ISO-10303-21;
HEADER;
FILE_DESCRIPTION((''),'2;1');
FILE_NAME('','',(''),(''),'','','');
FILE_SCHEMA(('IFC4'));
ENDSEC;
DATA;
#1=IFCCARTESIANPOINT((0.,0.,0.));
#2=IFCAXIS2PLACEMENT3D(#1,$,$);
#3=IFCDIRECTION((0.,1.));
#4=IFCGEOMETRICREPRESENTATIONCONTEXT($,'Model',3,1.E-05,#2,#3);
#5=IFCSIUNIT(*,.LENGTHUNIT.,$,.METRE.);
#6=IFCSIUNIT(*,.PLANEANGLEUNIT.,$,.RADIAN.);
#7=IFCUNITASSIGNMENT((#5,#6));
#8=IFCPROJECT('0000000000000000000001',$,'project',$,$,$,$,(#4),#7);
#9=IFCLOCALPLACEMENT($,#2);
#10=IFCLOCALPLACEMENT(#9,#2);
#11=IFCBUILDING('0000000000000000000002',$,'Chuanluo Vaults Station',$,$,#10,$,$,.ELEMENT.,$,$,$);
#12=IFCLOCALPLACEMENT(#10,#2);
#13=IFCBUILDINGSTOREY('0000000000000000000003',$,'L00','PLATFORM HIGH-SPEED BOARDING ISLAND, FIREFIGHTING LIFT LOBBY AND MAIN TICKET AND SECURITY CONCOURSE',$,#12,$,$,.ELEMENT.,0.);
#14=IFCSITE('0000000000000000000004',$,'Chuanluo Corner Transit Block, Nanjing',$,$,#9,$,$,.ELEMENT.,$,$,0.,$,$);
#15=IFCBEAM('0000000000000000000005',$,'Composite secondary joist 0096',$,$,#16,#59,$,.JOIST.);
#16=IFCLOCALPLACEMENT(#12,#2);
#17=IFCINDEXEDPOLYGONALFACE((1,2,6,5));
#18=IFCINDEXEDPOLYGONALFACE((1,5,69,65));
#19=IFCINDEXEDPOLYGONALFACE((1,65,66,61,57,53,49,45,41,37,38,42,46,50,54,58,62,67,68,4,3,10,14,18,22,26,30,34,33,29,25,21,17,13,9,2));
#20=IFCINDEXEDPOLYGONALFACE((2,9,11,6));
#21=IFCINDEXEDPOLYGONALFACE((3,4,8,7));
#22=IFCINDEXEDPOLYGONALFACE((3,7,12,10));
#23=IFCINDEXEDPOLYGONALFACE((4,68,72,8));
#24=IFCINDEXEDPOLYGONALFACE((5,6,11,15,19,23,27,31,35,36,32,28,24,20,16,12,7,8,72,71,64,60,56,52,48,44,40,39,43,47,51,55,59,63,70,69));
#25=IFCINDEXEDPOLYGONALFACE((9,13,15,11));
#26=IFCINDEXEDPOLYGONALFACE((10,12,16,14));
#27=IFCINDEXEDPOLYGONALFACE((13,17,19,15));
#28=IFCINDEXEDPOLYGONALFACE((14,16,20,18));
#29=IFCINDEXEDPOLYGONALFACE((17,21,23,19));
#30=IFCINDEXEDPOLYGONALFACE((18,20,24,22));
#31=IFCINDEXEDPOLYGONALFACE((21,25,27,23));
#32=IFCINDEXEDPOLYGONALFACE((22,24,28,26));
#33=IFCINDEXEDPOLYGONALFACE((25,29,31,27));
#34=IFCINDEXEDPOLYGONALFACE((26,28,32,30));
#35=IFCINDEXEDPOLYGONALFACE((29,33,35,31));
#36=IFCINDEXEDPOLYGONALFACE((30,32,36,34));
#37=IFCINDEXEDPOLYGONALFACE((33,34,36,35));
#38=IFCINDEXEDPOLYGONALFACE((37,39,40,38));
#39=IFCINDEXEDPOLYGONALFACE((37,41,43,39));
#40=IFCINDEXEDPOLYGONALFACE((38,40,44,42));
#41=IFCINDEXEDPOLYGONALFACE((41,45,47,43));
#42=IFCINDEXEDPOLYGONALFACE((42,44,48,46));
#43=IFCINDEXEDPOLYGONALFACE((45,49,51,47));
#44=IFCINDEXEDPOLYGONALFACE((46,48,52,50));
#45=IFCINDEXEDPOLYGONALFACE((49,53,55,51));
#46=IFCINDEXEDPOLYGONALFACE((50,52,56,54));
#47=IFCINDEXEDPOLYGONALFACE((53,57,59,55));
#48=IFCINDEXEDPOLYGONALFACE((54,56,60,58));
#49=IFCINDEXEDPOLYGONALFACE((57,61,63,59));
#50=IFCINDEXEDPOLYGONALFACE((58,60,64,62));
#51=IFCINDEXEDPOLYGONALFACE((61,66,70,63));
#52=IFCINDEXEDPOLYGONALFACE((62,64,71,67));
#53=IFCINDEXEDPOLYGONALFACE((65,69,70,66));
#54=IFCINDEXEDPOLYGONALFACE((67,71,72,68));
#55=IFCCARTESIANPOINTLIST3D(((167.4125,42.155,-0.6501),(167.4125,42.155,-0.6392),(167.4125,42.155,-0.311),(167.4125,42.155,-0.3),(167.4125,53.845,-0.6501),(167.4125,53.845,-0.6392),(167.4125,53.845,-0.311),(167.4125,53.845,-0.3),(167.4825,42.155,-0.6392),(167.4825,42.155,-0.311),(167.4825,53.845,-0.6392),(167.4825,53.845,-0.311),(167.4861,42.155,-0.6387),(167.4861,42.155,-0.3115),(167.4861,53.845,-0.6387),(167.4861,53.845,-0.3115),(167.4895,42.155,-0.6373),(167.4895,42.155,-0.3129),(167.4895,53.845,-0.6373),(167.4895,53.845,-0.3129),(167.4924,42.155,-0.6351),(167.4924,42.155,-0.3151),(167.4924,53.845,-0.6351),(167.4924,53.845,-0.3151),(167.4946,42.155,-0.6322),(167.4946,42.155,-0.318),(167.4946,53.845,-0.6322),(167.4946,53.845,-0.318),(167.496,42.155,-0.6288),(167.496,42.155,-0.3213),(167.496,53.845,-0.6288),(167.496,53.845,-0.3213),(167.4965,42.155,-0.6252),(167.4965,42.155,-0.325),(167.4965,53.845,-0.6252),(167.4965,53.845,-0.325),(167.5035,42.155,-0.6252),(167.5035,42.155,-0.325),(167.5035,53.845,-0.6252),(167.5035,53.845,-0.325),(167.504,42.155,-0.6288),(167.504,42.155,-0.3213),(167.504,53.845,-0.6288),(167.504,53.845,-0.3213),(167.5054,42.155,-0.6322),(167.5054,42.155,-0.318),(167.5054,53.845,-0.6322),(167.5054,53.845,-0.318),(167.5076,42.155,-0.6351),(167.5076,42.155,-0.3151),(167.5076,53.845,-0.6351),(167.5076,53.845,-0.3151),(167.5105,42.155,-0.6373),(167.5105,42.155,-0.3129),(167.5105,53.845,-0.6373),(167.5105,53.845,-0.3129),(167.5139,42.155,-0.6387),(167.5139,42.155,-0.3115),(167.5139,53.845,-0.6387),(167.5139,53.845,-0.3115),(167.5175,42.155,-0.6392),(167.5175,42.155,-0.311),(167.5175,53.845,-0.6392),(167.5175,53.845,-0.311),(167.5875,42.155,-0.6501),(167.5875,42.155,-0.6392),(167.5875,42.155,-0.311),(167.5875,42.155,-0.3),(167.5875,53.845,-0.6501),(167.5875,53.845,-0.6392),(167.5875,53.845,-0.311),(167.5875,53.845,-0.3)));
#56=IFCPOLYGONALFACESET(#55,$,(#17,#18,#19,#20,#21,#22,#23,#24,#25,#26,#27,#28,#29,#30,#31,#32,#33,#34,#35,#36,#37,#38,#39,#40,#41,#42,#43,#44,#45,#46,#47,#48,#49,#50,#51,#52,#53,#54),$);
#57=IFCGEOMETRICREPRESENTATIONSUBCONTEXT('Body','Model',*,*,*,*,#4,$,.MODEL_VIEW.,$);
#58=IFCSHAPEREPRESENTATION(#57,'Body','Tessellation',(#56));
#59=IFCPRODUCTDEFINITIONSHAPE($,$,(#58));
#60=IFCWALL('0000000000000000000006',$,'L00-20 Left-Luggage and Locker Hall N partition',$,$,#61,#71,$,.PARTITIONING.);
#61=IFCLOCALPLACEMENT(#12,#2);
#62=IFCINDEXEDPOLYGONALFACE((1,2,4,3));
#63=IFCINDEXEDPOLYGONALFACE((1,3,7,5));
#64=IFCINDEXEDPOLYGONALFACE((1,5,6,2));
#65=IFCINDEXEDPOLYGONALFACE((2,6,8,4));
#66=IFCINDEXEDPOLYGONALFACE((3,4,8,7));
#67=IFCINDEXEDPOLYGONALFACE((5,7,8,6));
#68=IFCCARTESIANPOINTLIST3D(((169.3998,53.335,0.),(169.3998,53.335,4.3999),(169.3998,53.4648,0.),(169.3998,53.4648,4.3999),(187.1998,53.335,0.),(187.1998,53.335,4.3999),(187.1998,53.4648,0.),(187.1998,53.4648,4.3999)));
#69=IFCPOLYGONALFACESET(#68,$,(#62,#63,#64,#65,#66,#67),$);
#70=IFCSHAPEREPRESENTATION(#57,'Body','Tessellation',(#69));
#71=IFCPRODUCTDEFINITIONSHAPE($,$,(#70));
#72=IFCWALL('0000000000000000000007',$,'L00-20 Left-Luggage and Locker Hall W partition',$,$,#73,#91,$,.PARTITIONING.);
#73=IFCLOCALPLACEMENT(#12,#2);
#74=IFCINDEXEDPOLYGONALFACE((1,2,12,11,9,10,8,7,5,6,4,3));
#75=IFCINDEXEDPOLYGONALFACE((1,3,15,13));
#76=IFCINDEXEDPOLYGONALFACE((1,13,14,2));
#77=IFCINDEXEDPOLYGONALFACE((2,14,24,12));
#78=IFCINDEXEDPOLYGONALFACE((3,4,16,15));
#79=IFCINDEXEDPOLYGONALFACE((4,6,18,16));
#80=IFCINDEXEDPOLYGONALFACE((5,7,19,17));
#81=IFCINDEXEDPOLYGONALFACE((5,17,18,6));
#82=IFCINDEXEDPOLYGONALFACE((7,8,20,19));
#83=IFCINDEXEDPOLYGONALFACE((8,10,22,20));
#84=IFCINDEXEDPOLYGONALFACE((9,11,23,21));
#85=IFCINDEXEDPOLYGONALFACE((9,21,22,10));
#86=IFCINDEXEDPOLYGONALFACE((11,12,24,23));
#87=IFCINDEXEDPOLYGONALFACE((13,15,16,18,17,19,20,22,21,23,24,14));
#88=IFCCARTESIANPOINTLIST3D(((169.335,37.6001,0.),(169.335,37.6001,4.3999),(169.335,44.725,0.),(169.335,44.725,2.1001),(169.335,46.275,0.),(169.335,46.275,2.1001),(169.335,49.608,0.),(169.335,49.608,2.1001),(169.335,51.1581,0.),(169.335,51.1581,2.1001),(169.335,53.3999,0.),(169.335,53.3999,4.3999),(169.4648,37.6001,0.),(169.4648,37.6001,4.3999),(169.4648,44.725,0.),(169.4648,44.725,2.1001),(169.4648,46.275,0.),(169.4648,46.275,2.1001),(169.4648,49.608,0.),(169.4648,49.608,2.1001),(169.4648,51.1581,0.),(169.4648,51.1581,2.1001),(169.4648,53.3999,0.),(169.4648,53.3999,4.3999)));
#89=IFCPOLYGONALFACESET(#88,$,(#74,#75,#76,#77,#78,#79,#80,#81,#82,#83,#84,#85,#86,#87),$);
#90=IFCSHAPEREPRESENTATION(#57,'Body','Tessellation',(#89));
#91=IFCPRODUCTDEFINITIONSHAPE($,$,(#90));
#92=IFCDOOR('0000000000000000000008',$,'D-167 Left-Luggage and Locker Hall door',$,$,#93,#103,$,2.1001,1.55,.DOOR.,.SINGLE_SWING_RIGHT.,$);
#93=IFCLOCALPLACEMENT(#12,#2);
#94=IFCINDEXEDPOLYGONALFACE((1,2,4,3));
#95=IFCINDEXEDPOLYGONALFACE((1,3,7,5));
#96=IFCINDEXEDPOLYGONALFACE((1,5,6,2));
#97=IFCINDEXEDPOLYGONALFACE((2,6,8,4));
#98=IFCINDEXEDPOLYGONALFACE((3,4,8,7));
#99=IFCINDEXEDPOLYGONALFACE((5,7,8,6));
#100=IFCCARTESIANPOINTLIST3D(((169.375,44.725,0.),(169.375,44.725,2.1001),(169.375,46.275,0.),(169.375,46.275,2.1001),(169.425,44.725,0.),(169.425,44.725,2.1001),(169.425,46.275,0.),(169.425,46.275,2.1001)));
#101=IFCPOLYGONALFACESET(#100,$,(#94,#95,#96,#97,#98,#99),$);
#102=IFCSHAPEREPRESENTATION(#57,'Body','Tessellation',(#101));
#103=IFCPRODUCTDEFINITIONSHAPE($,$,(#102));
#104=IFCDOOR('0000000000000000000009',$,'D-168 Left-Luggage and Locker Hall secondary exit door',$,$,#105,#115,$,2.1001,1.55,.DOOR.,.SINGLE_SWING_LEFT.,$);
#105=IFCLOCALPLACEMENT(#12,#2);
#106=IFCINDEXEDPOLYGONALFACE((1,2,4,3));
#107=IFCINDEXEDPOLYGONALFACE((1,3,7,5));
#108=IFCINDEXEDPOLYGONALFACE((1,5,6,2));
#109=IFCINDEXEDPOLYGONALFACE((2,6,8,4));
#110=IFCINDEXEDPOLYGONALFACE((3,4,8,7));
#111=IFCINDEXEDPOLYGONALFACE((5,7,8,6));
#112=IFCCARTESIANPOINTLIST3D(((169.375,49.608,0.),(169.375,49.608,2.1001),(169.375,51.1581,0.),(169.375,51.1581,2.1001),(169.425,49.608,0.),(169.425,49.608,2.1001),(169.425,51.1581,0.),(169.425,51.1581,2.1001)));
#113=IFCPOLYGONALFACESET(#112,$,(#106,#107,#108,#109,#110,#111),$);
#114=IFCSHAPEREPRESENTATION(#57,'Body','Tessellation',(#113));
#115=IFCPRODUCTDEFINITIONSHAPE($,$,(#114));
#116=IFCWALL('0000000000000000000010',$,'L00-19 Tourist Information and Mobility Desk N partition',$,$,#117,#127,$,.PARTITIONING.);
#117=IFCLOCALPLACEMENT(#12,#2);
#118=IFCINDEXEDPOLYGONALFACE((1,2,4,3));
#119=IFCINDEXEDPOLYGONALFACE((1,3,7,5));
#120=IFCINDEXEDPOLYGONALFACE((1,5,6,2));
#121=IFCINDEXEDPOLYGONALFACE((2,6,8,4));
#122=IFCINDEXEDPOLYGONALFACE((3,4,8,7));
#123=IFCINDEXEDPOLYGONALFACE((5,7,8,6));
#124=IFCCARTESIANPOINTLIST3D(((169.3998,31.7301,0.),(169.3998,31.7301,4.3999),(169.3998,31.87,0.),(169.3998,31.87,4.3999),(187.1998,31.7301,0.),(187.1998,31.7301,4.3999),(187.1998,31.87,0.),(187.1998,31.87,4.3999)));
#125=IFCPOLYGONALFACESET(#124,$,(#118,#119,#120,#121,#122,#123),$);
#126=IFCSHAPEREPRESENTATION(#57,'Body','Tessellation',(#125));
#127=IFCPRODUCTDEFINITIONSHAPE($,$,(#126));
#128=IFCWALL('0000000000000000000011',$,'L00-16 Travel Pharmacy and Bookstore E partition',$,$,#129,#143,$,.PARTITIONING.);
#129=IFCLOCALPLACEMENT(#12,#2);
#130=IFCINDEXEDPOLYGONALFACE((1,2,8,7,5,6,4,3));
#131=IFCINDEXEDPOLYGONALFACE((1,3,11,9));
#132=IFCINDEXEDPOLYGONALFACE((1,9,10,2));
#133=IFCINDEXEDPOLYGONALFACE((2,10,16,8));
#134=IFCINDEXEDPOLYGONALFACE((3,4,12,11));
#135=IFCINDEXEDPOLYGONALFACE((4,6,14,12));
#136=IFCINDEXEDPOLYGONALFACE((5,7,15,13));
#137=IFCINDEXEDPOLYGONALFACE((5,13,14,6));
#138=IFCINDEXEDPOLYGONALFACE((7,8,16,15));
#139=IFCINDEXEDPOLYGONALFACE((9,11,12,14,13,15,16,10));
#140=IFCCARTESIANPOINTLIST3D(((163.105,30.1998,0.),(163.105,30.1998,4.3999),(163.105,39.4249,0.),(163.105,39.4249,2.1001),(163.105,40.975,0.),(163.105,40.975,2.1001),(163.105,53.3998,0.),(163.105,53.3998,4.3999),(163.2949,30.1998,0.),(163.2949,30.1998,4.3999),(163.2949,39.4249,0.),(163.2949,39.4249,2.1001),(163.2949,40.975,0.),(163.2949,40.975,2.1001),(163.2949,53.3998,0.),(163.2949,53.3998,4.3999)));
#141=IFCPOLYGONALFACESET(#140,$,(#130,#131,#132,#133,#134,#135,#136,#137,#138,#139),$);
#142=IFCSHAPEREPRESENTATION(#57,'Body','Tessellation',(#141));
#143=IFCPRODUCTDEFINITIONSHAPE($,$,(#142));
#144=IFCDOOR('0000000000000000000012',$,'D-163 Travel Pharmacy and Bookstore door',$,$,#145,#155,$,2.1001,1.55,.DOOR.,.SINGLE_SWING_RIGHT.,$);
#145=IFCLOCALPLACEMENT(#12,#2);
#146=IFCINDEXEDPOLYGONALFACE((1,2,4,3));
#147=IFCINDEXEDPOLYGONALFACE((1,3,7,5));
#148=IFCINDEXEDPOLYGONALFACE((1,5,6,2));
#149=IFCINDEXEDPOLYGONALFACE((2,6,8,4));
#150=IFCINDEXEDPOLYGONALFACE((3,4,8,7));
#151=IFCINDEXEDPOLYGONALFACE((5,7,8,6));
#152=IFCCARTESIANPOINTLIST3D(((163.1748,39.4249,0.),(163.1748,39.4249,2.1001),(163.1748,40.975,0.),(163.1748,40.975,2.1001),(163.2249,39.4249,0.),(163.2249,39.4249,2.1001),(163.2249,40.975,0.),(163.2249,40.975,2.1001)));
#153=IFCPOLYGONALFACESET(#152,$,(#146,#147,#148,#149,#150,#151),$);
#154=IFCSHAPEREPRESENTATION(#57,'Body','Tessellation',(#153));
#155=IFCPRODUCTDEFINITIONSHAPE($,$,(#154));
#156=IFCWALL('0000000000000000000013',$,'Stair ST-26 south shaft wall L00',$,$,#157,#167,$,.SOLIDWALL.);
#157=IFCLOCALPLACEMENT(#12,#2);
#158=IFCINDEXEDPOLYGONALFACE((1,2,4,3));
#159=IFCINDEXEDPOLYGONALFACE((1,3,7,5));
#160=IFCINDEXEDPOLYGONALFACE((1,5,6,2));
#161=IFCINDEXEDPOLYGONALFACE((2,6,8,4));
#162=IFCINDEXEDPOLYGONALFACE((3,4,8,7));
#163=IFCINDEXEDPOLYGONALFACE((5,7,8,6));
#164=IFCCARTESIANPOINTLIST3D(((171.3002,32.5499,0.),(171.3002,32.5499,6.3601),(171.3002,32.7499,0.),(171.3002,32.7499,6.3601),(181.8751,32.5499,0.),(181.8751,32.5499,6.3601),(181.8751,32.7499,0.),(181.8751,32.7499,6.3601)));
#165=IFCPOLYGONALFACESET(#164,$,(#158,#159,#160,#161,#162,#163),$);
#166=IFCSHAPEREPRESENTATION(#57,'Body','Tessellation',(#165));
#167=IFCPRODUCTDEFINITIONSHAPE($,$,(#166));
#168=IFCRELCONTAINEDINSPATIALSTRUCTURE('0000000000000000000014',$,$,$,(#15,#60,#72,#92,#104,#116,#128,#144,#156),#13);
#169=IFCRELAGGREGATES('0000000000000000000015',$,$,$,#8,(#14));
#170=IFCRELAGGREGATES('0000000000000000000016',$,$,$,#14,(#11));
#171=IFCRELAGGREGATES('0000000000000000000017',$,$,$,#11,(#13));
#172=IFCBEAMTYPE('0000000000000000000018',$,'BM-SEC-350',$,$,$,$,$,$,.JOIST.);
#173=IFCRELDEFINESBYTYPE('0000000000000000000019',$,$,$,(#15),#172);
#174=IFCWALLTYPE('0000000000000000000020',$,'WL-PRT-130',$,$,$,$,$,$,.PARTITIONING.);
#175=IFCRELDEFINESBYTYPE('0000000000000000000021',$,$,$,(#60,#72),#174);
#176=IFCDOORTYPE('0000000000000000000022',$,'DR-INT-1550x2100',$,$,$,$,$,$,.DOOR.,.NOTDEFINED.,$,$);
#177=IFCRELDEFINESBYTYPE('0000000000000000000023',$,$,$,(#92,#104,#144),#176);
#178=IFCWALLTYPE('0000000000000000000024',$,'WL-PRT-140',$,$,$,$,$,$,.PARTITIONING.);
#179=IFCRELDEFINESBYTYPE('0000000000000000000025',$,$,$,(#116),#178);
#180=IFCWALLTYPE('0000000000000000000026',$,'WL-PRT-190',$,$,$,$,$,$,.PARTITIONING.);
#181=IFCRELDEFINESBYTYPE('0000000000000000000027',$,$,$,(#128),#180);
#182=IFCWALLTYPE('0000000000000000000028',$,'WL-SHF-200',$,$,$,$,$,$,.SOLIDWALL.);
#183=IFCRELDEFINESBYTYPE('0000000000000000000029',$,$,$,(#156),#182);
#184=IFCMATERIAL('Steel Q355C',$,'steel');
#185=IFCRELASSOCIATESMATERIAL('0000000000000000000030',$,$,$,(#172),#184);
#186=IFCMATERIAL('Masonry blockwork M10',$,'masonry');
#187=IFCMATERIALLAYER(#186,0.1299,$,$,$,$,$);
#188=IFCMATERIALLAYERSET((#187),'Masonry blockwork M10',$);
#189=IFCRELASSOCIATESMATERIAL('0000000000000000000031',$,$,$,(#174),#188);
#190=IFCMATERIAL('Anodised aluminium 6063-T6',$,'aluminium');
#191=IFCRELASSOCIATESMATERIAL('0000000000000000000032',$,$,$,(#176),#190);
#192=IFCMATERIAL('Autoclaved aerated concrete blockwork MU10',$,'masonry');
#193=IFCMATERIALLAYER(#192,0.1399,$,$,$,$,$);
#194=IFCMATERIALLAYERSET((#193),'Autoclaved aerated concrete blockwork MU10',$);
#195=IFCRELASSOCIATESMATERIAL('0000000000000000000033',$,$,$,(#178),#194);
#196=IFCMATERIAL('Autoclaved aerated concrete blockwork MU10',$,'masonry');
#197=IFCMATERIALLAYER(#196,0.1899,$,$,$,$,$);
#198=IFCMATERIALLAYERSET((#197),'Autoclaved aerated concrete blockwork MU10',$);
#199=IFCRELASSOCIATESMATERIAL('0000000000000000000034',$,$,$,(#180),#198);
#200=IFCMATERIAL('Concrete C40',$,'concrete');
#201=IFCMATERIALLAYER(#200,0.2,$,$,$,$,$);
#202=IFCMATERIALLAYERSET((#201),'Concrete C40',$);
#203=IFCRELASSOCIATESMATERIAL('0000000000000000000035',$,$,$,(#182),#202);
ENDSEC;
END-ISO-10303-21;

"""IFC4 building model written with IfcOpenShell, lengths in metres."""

from ifc_helpers import new_model, si_unit, direction, frame, frame_2d, origin, origin_2d, place, context, subcontext, project, spatial, rectangle, i_section, extrude, material, layer, layer_set, material_profile, profile_set, type_object, element, fill, save


model = new_model("IFC4")

# Units and contexts
model_context = context("Model", 3, precision=1e-05, world=origin(), true_north=direction((0.0, 1.0)))
body_context = subcontext(model_context, "Body", "Model", "MODEL_VIEW")
ifc_project = project(units=[si_unit("LENGTHUNIT", "METRE"), si_unit("PLANEANGLEUNIT", "RADIAN")], contexts=[model_context])

# Site, building, storey
site_placement = place(None, origin())
site = spatial("IfcSite", under=ifc_project, at=site_placement, Name="Chuanluo Corner Transit Block, Nanjing", CompositionType="ELEMENT", RefElevation=0.0)
building_placement = place(site_placement, origin())
building = spatial("IfcBuilding", under=site, at=building_placement, Name="Chuanluo Vaults Station", CompositionType="ELEMENT")
storey_placement = place(building_placement, origin())
storey = spatial("IfcBuildingStorey", under=building, at=storey_placement, Name="L00", Description="PLATFORM HIGH-SPEED BOARDING ISLAND, FIREFIGHTING LIFT LOBBY AND MAIN TICKET AND SECURITY CONCOURSE", CompositionType="ELEMENT", Elevation=0.0)

# Beam
ifc_material_1 = material(Name="Steel Q355C", Category="steel")
ifc_material_profile_1 = material_profile(ifc_material_1, i_section(OverallWidth=0.175, OverallDepth=0.3501, WebThickness=0.0071, FlangeThickness=0.011, FilletRadius=0.0139, at=origin_2d()))
ifc_profile_set_1 = profile_set([ifc_material_profile_1], Name="Steel Q355C")
beam_type_1 = type_object("IfcBeamType", Name="BM-SEC-350", PredefinedType="JOIST", material=ifc_profile_set_1)
for number, where, z_axis, x_axis, name in (
    (1, (167.5, 42.155, -0.4751), (0.0, 1.0, 0.0), (-1.0, 0.0, 0.0), "Composite secondary joist 0096"),
):
    element("IfcBeam", number, at=place(storey_placement, frame(where, z_axis=z_axis, x_axis=x_axis)), inside=storey, type_object=beam_type_1, Name=name, PredefinedType="JOIST", context=body_context, shape_type="SweptSolid", body=[
        extrude(i_section(OverallWidth=0.175, OverallDepth=0.3501, WebThickness=0.0071, FlangeThickness=0.011, FilletRadius=0.0139, at=origin_2d()), origin(), (0.0, 0.0, 1.0), 11.6899),
    ])

# Wall
ifc_material_2 = material(Name="Masonry blockwork M10", Category="masonry")
ifc_layer_1 = layer(ifc_material_2, 0.1299)
ifc_layer_set_1 = layer_set([ifc_layer_1], Name="Masonry blockwork M10")
wall_type_1 = type_object("IfcWallType", Name="WL-PRT-130", PredefinedType="PARTITIONING", material=ifc_layer_set_1)
wall_1_placement = place(storey_placement, frame((169.3999, 53.3999, 0.0), z_axis=(0.0, 0.0, 1.0), x_axis=(1.0, 0.0, 0.0)))
element("IfcWall", 2, at=wall_1_placement, inside=storey, type_object=wall_type_1, Name="L00-20 Left-Luggage and Locker Hall N partition", PredefinedType="PARTITIONING", context=body_context, shape_type="SweptSolid", body=[
    extrude(rectangle(XDim=17.8, YDim=0.1299, at=frame_2d((8.8999, 0.0))), origin(), (0.0, 0.0, 1.0), 4.3999),
])

# Wall, openings, doors
wall_2_placement = place(storey_placement, frame((169.3999, 37.6001, 0.0), z_axis=(0.0, 0.0, 1.0), x_axis=(0.0, 1.0, 0.0)))
wall_2 = element("IfcWall", 3, at=wall_2_placement, inside=storey, type_object=wall_type_1, Name="L00-20 Left-Luggage and Locker Hall W partition", PredefinedType="PARTITIONING", context=body_context, shape_type="SweptSolid", body=[
    extrude(rectangle(XDim=15.7998, YDim=0.1299, at=frame_2d((7.8999, 0.0))), origin(), (0.0, 0.0, 1.0), 4.3999),
])
opening_1_placement = place(wall_2_placement, frame((7.125, 0.0, 0.0)))
opening_1 = element("IfcOpeningElement", 4, at=opening_1_placement, cuts=wall_2, PredefinedType="OPENING", context=body_context, shape_type="SweptSolid", body=[
    extrude(rectangle(XDim=1.55, YDim=2.1001, at=frame_2d((0.7749, 1.05))), frame((0.0, 0.0749, 0.0), z_axis=(0.0, -1.0, 0.0), x_axis=(1.0, 0.0, 0.0)), (0.0, 0.0, 1.0), 0.1499),
])
opening_2_placement = place(wall_2_placement, frame((12.0081, 0.0, 0.0)))
opening_2 = element("IfcOpeningElement", 5, at=opening_2_placement, cuts=wall_2, PredefinedType="OPENING", context=body_context, shape_type="SweptSolid", body=[
    extrude(rectangle(XDim=1.55, YDim=2.1001, at=frame_2d((0.7749, 1.05))), frame((0.0, 0.0749, 0.0), z_axis=(0.0, -1.0, 0.0), x_axis=(1.0, 0.0, 0.0)), (0.0, 0.0, 1.0), 0.1499),
])
ifc_material_3 = material(Name="Anodised aluminium 6063-T6", Category="aluminium")
door_type = type_object("IfcDoorType", Name="DR-INT-1550x2100", OperationType="NOTDEFINED", PredefinedType="DOOR", material=ifc_material_3)
door_1_placement = place(opening_1_placement, origin())
door_1 = element("IfcDoor", 6, at=door_1_placement, inside=storey, type_object=door_type, Name="D-167 Left-Luggage and Locker Hall door", OperationType="SINGLE_SWING_RIGHT", OverallHeight=2.1001, OverallWidth=1.55, PredefinedType="DOOR", context=body_context, shape_type="SweptSolid", body=[
    extrude(rectangle(XDim=1.55, YDim=2.1001, at=frame_2d((0.7749, 1.05))), frame((0.0, 0.0249, 0.0), z_axis=(0.0, -1.0, 0.0), x_axis=(1.0, 0.0, 0.0)), (0.0, 0.0, 1.0), 0.05),
])
fill(opening_1, door_1)
door_2_placement = place(opening_2_placement, origin())
door_2 = element("IfcDoor", 7, at=door_2_placement, inside=storey, type_object=door_type, Name="D-168 Left-Luggage and Locker Hall secondary exit door", OperationType="SINGLE_SWING_LEFT", OverallHeight=2.1001, OverallWidth=1.55, PredefinedType="DOOR", context=body_context, shape_type="SweptSolid", body=[
    extrude(rectangle(XDim=1.55, YDim=2.1001, at=frame_2d((0.7749, 1.05))), frame((0.0, 0.0249, 0.0), z_axis=(0.0, -1.0, 0.0), x_axis=(1.0, 0.0, 0.0)), (0.0, 0.0, 1.0), 0.05),
])
fill(opening_2, door_2)

# Wall
ifc_material_4 = material(Name="Autoclaved aerated concrete blockwork MU10", Category="masonry")
ifc_layer_2 = layer(ifc_material_4, 0.1399)
ifc_layer_set_2 = layer_set([ifc_layer_2], Name="Autoclaved aerated concrete blockwork MU10")
wall_type_2 = type_object("IfcWallType", Name="WL-PRT-140", PredefinedType="PARTITIONING", material=ifc_layer_set_2)
wall_3_placement = place(storey_placement, frame((169.3999, 31.8, 0.0), z_axis=(0.0, 0.0, 1.0), x_axis=(1.0, 0.0, 0.0)))
element("IfcWall", 8, at=wall_3_placement, inside=storey, type_object=wall_type_2, Name="L00-19 Tourist Information and Mobility Desk N partition", PredefinedType="PARTITIONING", context=body_context, shape_type="SweptSolid", body=[
    extrude(rectangle(XDim=17.8, YDim=0.1399, at=frame_2d((8.8999, 0.0))), origin(), (0.0, 0.0, 1.0), 4.3999),
])

# Wall, opening, door
ifc_material_5 = material(Name="Autoclaved aerated concrete blockwork MU10", Category="masonry")
ifc_layer_3 = layer(ifc_material_5, 0.1899)
ifc_layer_set_3 = layer_set([ifc_layer_3], Name="Autoclaved aerated concrete blockwork MU10")
wall_type_3 = type_object("IfcWallType", Name="WL-PRT-190", PredefinedType="PARTITIONING", material=ifc_layer_set_3)
wall_4_placement = place(storey_placement, frame((163.2, 53.3999, 0.0), z_axis=(0.0, 0.0, 1.0), x_axis=(0.0, -1.0, 0.0)))
wall_4 = element("IfcWall", 9, at=wall_4_placement, inside=storey, type_object=wall_type_3, Name="L00-16 Travel Pharmacy and Bookstore E partition", PredefinedType="PARTITIONING", context=body_context, shape_type="SweptSolid", body=[
    extrude(rectangle(XDim=23.2, YDim=0.1899, at=frame_2d((11.6001, 0.0))), origin(), (0.0, 0.0, 1.0), 4.3999),
])
opening_3_placement = place(wall_4_placement, frame((12.425, 0.0, 0.0)))
opening_3 = element("IfcOpeningElement", 10, at=opening_3_placement, cuts=wall_4, PredefinedType="OPENING", context=body_context, shape_type="SweptSolid", body=[
    extrude(rectangle(XDim=1.55, YDim=2.1001, at=frame_2d((0.7749, 1.05))), frame((0.0, 0.105, 0.0), z_axis=(0.0, -1.0, 0.0), x_axis=(1.0, 0.0, 0.0)), (0.0, 0.0, 1.0), 0.2099),
])
door_3_placement = place(opening_3_placement, origin())
door_3 = element("IfcDoor", 11, at=door_3_placement, inside=storey, type_object=door_type, Name="D-163 Travel Pharmacy and Bookstore door", OperationType="SINGLE_SWING_RIGHT", OverallHeight=2.1001, OverallWidth=1.55, PredefinedType="DOOR", context=body_context, shape_type="SweptSolid", body=[
    extrude(rectangle(XDim=1.55, YDim=2.1001, at=frame_2d((0.7749, 1.05))), frame((0.0, 0.0249, 0.0), z_axis=(0.0, -1.0, 0.0), x_axis=(1.0, 0.0, 0.0)), (0.0, 0.0, 1.0), 0.05),
])
fill(opening_3, door_3)

# Wall
ifc_material_6 = material(Name="Concrete C40", Category="concrete")
ifc_layer_4 = layer(ifc_material_6, 0.2)
ifc_layer_set_4 = layer_set([ifc_layer_4], Name="Concrete C40")
wall_type_4 = type_object("IfcWallType", Name="WL-SHF-200", PredefinedType="SOLIDWALL", material=ifc_layer_set_4)
wall_5_placement = place(storey_placement, frame((171.3, 32.6499, 0.0), z_axis=(0.0, 0.0, 1.0), x_axis=(1.0, 0.0, 0.0)))
element("IfcWall", 12, at=wall_5_placement, inside=storey, type_object=wall_type_4, Name="Stair ST-26 south shaft wall L00", PredefinedType="SOLIDWALL", context=body_context, shape_type="SweptSolid", body=[
    extrude(rectangle(XDim=10.575, YDim=0.2, at=frame_2d((5.2876, 0.0))), origin(), (0.0, 0.0, 1.0), 6.3601),
])

save(model, "model.ifc")
